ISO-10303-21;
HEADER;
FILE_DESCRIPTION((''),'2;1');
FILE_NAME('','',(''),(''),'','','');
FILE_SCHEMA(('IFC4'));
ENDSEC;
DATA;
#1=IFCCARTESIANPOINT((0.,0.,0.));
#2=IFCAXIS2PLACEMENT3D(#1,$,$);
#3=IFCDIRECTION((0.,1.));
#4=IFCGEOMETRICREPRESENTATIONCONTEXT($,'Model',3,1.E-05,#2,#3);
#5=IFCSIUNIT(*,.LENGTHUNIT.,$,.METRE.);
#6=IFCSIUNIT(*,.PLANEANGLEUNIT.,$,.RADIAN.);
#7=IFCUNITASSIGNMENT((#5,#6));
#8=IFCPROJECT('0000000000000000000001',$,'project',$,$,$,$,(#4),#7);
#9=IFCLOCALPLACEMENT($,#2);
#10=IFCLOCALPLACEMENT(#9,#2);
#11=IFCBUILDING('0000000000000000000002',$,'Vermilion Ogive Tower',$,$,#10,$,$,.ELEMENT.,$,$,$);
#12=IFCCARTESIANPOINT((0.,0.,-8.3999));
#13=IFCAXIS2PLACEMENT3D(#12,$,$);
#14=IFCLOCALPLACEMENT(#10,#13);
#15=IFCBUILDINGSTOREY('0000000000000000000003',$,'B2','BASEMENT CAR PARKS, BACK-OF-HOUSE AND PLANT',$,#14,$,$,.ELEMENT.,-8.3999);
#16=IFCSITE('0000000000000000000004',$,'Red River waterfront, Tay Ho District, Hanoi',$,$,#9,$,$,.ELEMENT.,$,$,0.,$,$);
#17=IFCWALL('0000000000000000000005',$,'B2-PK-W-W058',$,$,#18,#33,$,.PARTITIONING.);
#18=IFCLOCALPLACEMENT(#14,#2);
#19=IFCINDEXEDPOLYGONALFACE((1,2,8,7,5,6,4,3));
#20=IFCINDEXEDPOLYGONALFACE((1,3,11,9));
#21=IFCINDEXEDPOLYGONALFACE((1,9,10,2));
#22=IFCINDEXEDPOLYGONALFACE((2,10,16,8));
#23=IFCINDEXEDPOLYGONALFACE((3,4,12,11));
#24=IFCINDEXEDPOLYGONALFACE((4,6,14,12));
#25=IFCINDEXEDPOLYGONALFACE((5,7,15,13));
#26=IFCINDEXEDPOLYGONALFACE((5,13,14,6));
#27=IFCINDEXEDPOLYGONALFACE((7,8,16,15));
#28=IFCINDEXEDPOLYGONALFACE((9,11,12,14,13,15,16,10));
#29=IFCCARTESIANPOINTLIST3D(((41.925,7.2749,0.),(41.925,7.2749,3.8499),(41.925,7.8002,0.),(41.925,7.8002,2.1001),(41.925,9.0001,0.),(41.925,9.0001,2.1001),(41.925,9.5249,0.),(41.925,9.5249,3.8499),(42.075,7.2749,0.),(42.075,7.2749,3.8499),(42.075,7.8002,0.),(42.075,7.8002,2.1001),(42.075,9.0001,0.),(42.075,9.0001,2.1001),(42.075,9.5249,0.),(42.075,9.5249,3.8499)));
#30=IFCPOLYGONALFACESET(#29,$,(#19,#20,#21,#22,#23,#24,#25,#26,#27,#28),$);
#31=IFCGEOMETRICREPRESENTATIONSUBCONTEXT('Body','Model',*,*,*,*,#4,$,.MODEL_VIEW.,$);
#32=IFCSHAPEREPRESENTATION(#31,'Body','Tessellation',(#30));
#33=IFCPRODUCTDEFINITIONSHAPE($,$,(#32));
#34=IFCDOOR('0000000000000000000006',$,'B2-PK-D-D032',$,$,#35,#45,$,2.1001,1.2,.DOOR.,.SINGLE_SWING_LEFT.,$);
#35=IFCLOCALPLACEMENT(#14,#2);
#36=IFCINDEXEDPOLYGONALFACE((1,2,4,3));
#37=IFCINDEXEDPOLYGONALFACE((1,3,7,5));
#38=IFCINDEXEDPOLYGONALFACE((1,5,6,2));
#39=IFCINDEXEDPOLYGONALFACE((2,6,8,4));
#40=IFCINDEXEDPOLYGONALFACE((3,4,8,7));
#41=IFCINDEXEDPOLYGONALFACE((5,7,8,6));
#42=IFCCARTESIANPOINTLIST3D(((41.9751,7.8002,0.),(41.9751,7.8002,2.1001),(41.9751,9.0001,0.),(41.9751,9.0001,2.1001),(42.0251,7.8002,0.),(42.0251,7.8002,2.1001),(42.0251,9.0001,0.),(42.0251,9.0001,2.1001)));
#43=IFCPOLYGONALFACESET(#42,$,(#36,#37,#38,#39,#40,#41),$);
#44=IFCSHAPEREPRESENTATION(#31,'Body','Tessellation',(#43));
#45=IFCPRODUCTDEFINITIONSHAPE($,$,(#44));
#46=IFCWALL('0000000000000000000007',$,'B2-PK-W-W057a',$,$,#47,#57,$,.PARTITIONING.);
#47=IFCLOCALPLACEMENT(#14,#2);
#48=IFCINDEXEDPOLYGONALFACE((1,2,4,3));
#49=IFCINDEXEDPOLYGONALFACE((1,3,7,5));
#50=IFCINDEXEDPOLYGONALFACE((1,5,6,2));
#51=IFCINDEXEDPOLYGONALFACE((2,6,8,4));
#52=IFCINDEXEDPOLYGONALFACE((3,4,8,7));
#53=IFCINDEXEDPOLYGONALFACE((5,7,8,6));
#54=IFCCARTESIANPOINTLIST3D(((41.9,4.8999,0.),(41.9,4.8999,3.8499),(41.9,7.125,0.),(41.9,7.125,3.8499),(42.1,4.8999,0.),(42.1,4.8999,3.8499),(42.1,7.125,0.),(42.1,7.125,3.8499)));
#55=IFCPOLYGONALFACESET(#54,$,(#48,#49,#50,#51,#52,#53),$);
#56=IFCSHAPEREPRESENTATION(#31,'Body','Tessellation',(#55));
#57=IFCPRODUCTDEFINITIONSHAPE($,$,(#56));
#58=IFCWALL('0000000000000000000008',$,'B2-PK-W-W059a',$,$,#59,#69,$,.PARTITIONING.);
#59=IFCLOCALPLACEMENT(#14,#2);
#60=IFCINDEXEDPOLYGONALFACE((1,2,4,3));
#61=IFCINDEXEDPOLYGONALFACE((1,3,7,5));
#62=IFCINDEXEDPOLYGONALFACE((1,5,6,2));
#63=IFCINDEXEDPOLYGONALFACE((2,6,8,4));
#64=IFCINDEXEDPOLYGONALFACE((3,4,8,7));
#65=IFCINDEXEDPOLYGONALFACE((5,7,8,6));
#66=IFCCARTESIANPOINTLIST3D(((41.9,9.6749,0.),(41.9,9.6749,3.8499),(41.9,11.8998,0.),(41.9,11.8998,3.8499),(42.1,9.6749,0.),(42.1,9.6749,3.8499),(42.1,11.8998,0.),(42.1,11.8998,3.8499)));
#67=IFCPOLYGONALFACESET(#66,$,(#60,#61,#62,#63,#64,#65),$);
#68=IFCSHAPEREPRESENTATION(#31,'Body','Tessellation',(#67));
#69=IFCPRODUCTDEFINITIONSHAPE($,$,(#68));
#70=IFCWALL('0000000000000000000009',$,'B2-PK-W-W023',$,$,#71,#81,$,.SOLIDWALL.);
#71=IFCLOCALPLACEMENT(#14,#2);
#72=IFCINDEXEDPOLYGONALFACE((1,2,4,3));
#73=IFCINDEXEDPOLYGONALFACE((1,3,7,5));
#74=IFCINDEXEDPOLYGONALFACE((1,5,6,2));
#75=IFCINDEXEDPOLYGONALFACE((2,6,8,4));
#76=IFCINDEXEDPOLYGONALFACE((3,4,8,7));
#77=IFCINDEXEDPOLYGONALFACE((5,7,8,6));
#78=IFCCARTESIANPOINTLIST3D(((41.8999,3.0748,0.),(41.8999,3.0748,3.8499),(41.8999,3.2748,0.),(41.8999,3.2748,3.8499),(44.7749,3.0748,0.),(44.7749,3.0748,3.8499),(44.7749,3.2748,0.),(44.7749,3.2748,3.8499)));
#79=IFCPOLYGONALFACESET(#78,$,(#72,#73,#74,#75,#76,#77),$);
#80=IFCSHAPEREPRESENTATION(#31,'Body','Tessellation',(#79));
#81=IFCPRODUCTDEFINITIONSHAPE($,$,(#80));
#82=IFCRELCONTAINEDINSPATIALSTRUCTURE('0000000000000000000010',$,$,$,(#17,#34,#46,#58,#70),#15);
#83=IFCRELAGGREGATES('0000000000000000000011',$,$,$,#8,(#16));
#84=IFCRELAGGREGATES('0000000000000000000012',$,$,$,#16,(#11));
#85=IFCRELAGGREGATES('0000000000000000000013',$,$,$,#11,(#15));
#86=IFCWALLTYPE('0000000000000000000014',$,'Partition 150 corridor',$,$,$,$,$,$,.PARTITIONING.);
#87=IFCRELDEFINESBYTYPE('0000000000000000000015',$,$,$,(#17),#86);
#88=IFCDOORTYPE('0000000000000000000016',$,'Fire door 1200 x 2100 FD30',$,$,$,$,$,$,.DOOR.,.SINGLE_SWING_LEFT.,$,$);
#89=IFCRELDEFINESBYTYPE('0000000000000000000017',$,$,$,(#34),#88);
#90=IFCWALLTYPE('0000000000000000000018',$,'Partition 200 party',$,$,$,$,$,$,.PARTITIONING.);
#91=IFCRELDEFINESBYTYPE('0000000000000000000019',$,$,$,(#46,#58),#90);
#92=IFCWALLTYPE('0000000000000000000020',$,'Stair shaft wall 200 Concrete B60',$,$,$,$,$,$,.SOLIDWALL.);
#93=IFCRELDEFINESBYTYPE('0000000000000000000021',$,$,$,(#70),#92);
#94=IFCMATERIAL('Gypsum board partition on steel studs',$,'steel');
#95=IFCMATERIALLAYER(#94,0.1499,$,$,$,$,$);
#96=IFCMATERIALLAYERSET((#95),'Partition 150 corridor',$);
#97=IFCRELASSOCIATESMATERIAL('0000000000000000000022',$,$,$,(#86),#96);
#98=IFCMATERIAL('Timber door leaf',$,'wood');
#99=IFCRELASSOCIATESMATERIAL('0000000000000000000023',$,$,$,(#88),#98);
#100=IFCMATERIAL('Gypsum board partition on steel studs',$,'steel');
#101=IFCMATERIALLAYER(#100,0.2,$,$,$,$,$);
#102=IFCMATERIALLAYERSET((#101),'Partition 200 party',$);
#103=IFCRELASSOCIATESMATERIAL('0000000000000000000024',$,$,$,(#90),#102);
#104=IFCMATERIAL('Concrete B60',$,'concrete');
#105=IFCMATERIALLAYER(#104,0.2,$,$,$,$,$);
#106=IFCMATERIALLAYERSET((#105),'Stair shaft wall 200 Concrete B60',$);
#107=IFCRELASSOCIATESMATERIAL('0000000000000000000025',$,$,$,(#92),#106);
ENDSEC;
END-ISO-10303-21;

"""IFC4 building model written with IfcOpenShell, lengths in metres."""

from ifc_helpers import new_model, si_unit, direction, frame, frame_2d, origin, place, context, subcontext, project, spatial, rectangle, extrude, material, layer, layer_set, type_object, element, fill, save


model = new_model("IFC4")

# Units and contexts
model_context = context("Model", 3, precision=1e-05, world=origin(), true_north=direction((0.0, 1.0)))
body_context = subcontext(model_context, "Body", "Model", "MODEL_VIEW")
ifc_project = project(units=[si_unit("LENGTHUNIT", "METRE"), si_unit("PLANEANGLEUNIT", "RADIAN")], contexts=[model_context])

# Site, building, storey
site_placement = place(None, origin())
site = spatial("IfcSite", under=ifc_project, at=site_placement, Name="Red River waterfront, Tay Ho District, Hanoi", CompositionType="ELEMENT", RefElevation=0.0)
building_placement = place(site_placement, origin())
building = spatial("IfcBuilding", under=site, at=building_placement, Name="Vermilion Ogive Tower", CompositionType="ELEMENT")
storey_placement = place(building_placement, frame((0.0, 0.0, -8.3999)))
storey = spatial("IfcBuildingStorey", under=building, at=storey_placement, Name="B2", Description="BASEMENT CAR PARKS, BACK-OF-HOUSE AND PLANT", CompositionType="ELEMENT", Elevation=-8.3999)

# Shared definitions
ifc_material_1 = material(Name="Gypsum board partition on steel studs", Category="steel")
ifc_layer_1 = layer(ifc_material_1, 0.1499)
ifc_layer_set_1 = layer_set([ifc_layer_1], Name="Partition 150 corridor")
wall_type_1 = type_object("IfcWallType", Name="Partition 150 corridor", PredefinedType="PARTITIONING", material=ifc_layer_set_1)

# Wall, opening, door
wall_1_placement = place(storey_placement, frame((42.0, 7.2749, 0.0), z_axis=(0.0, 0.0, 1.0), x_axis=(0.0, 1.0, 0.0)))
wall_1 = element("IfcWall", 1, at=wall_1_placement, inside=storey, type_object=wall_type_1, Name="B2-PK-W-W058", PredefinedType="PARTITIONING", context=body_context, shape_type="SweptSolid", body=[
    extrude(rectangle(XDim=2.25, YDim=0.1499, at=frame_2d((1.125, 0.0))), origin(), (0.0, 0.0, 1.0), 3.8499),
])
opening_1_placement = place(wall_1_placement, frame((0.5251, 0.0, 0.0)))
opening_1 = element("IfcOpeningElement", 2, at=opening_1_placement, cuts=wall_1, PredefinedType="OPENING", context=body_context, shape_type="SweptSolid", body=[
    extrude(rectangle(XDim=1.2, YDim=2.1001, at=frame_2d((0.6001, 1.05))), frame((0.0, 0.085, 0.0), z_axis=(0.0, -1.0, 0.0), x_axis=(1.0, 0.0, 0.0)), (0.0, 0.0, 1.0), 0.1699),
])
ifc_material_2 = material(Name="Timber door leaf", Category="wood")
door_type_1 = type_object("IfcDoorType", Name="Fire door 1200 x 2100 FD30", OperationType="SINGLE_SWING_LEFT", PredefinedType="DOOR", material=ifc_material_2)
door_1_placement = place(opening_1_placement, origin())
door_1 = element("IfcDoor", 3, at=door_1_placement, inside=storey, type_object=door_type_1, Name="B2-PK-D-D032", OperationType="SINGLE_SWING_LEFT", OverallHeight=2.1001, OverallWidth=1.2, PredefinedType="DOOR", context=body_context, shape_type="SweptSolid", body=[
    extrude(rectangle(XDim=1.2, YDim=2.1001, at=frame_2d((0.6001, 1.05))), frame((0.0, 0.0249, 0.0), z_axis=(0.0, -1.0, 0.0), x_axis=(1.0, 0.0, 0.0)), (0.0, 0.0, 1.0), 0.05),
])
fill(opening_1, door_1)

# Walls
ifc_material_3 = material(Name="Gypsum board partition on steel studs", Category="steel")
ifc_layer_2 = layer(ifc_material_3, 0.2)
ifc_layer_set_2 = layer_set([ifc_layer_2], Name="Partition 200 party")
wall_type_2 = type_object("IfcWallType", Name="Partition 200 party", PredefinedType="PARTITIONING", material=ifc_layer_set_2)
wall_2_placement = place(storey_placement, frame((42.0, 4.8999, 0.0), z_axis=(0.0, 0.0, 1.0), x_axis=(0.0, 1.0, 0.0)))
element("IfcWall", 4, at=wall_2_placement, inside=storey, type_object=wall_type_2, Name="B2-PK-W-W057a", PredefinedType="PARTITIONING", context=body_context, shape_type="SweptSolid", body=[
    extrude(rectangle(XDim=2.2251, YDim=0.2, at=frame_2d((1.1125, 0.0))), origin(), (0.0, 0.0, 1.0), 3.8499),
])
wall_3_placement = place(storey_placement, frame((42.0, 9.675, 0.0), z_axis=(0.0, 0.0, 1.0), x_axis=(0.0, 1.0, 0.0)))
element("IfcWall", 5, at=wall_3_placement, inside=storey, type_object=wall_type_2, Name="B2-PK-W-W059a", PredefinedType="PARTITIONING", context=body_context, shape_type="SweptSolid", body=[
    extrude(rectangle(XDim=2.2249, YDim=0.2, at=frame_2d((1.1123, 0.0))), origin(), (0.0, 0.0, 1.0), 3.8499),
])
ifc_material_4 = material(Name="Concrete B60", Category="concrete")
ifc_layer_3 = layer(ifc_material_4, 0.2)
ifc_layer_set_3 = layer_set([ifc_layer_3], Name="Stair shaft wall 200 Concrete B60")
wall_type_3 = type_object("IfcWallType", Name="Stair shaft wall 200 Concrete B60", PredefinedType="SOLIDWALL", material=ifc_layer_set_3)
wall_4_placement = place(storey_placement, frame((41.8999, 3.1748, 0.0), z_axis=(0.0, 0.0, 1.0), x_axis=(1.0, 0.0, 0.0)))
element("IfcWall", 6, at=wall_4_placement, inside=storey, type_object=wall_type_3, Name="B2-PK-W-W023", PredefinedType="SOLIDWALL", context=body_context, shape_type="SweptSolid", body=[
    extrude(rectangle(XDim=2.875, YDim=0.2, at=frame_2d((1.4375, 0.0))), origin(), (0.0, 0.0, 1.0), 3.8499),
])

save(model, "model.ifc")
